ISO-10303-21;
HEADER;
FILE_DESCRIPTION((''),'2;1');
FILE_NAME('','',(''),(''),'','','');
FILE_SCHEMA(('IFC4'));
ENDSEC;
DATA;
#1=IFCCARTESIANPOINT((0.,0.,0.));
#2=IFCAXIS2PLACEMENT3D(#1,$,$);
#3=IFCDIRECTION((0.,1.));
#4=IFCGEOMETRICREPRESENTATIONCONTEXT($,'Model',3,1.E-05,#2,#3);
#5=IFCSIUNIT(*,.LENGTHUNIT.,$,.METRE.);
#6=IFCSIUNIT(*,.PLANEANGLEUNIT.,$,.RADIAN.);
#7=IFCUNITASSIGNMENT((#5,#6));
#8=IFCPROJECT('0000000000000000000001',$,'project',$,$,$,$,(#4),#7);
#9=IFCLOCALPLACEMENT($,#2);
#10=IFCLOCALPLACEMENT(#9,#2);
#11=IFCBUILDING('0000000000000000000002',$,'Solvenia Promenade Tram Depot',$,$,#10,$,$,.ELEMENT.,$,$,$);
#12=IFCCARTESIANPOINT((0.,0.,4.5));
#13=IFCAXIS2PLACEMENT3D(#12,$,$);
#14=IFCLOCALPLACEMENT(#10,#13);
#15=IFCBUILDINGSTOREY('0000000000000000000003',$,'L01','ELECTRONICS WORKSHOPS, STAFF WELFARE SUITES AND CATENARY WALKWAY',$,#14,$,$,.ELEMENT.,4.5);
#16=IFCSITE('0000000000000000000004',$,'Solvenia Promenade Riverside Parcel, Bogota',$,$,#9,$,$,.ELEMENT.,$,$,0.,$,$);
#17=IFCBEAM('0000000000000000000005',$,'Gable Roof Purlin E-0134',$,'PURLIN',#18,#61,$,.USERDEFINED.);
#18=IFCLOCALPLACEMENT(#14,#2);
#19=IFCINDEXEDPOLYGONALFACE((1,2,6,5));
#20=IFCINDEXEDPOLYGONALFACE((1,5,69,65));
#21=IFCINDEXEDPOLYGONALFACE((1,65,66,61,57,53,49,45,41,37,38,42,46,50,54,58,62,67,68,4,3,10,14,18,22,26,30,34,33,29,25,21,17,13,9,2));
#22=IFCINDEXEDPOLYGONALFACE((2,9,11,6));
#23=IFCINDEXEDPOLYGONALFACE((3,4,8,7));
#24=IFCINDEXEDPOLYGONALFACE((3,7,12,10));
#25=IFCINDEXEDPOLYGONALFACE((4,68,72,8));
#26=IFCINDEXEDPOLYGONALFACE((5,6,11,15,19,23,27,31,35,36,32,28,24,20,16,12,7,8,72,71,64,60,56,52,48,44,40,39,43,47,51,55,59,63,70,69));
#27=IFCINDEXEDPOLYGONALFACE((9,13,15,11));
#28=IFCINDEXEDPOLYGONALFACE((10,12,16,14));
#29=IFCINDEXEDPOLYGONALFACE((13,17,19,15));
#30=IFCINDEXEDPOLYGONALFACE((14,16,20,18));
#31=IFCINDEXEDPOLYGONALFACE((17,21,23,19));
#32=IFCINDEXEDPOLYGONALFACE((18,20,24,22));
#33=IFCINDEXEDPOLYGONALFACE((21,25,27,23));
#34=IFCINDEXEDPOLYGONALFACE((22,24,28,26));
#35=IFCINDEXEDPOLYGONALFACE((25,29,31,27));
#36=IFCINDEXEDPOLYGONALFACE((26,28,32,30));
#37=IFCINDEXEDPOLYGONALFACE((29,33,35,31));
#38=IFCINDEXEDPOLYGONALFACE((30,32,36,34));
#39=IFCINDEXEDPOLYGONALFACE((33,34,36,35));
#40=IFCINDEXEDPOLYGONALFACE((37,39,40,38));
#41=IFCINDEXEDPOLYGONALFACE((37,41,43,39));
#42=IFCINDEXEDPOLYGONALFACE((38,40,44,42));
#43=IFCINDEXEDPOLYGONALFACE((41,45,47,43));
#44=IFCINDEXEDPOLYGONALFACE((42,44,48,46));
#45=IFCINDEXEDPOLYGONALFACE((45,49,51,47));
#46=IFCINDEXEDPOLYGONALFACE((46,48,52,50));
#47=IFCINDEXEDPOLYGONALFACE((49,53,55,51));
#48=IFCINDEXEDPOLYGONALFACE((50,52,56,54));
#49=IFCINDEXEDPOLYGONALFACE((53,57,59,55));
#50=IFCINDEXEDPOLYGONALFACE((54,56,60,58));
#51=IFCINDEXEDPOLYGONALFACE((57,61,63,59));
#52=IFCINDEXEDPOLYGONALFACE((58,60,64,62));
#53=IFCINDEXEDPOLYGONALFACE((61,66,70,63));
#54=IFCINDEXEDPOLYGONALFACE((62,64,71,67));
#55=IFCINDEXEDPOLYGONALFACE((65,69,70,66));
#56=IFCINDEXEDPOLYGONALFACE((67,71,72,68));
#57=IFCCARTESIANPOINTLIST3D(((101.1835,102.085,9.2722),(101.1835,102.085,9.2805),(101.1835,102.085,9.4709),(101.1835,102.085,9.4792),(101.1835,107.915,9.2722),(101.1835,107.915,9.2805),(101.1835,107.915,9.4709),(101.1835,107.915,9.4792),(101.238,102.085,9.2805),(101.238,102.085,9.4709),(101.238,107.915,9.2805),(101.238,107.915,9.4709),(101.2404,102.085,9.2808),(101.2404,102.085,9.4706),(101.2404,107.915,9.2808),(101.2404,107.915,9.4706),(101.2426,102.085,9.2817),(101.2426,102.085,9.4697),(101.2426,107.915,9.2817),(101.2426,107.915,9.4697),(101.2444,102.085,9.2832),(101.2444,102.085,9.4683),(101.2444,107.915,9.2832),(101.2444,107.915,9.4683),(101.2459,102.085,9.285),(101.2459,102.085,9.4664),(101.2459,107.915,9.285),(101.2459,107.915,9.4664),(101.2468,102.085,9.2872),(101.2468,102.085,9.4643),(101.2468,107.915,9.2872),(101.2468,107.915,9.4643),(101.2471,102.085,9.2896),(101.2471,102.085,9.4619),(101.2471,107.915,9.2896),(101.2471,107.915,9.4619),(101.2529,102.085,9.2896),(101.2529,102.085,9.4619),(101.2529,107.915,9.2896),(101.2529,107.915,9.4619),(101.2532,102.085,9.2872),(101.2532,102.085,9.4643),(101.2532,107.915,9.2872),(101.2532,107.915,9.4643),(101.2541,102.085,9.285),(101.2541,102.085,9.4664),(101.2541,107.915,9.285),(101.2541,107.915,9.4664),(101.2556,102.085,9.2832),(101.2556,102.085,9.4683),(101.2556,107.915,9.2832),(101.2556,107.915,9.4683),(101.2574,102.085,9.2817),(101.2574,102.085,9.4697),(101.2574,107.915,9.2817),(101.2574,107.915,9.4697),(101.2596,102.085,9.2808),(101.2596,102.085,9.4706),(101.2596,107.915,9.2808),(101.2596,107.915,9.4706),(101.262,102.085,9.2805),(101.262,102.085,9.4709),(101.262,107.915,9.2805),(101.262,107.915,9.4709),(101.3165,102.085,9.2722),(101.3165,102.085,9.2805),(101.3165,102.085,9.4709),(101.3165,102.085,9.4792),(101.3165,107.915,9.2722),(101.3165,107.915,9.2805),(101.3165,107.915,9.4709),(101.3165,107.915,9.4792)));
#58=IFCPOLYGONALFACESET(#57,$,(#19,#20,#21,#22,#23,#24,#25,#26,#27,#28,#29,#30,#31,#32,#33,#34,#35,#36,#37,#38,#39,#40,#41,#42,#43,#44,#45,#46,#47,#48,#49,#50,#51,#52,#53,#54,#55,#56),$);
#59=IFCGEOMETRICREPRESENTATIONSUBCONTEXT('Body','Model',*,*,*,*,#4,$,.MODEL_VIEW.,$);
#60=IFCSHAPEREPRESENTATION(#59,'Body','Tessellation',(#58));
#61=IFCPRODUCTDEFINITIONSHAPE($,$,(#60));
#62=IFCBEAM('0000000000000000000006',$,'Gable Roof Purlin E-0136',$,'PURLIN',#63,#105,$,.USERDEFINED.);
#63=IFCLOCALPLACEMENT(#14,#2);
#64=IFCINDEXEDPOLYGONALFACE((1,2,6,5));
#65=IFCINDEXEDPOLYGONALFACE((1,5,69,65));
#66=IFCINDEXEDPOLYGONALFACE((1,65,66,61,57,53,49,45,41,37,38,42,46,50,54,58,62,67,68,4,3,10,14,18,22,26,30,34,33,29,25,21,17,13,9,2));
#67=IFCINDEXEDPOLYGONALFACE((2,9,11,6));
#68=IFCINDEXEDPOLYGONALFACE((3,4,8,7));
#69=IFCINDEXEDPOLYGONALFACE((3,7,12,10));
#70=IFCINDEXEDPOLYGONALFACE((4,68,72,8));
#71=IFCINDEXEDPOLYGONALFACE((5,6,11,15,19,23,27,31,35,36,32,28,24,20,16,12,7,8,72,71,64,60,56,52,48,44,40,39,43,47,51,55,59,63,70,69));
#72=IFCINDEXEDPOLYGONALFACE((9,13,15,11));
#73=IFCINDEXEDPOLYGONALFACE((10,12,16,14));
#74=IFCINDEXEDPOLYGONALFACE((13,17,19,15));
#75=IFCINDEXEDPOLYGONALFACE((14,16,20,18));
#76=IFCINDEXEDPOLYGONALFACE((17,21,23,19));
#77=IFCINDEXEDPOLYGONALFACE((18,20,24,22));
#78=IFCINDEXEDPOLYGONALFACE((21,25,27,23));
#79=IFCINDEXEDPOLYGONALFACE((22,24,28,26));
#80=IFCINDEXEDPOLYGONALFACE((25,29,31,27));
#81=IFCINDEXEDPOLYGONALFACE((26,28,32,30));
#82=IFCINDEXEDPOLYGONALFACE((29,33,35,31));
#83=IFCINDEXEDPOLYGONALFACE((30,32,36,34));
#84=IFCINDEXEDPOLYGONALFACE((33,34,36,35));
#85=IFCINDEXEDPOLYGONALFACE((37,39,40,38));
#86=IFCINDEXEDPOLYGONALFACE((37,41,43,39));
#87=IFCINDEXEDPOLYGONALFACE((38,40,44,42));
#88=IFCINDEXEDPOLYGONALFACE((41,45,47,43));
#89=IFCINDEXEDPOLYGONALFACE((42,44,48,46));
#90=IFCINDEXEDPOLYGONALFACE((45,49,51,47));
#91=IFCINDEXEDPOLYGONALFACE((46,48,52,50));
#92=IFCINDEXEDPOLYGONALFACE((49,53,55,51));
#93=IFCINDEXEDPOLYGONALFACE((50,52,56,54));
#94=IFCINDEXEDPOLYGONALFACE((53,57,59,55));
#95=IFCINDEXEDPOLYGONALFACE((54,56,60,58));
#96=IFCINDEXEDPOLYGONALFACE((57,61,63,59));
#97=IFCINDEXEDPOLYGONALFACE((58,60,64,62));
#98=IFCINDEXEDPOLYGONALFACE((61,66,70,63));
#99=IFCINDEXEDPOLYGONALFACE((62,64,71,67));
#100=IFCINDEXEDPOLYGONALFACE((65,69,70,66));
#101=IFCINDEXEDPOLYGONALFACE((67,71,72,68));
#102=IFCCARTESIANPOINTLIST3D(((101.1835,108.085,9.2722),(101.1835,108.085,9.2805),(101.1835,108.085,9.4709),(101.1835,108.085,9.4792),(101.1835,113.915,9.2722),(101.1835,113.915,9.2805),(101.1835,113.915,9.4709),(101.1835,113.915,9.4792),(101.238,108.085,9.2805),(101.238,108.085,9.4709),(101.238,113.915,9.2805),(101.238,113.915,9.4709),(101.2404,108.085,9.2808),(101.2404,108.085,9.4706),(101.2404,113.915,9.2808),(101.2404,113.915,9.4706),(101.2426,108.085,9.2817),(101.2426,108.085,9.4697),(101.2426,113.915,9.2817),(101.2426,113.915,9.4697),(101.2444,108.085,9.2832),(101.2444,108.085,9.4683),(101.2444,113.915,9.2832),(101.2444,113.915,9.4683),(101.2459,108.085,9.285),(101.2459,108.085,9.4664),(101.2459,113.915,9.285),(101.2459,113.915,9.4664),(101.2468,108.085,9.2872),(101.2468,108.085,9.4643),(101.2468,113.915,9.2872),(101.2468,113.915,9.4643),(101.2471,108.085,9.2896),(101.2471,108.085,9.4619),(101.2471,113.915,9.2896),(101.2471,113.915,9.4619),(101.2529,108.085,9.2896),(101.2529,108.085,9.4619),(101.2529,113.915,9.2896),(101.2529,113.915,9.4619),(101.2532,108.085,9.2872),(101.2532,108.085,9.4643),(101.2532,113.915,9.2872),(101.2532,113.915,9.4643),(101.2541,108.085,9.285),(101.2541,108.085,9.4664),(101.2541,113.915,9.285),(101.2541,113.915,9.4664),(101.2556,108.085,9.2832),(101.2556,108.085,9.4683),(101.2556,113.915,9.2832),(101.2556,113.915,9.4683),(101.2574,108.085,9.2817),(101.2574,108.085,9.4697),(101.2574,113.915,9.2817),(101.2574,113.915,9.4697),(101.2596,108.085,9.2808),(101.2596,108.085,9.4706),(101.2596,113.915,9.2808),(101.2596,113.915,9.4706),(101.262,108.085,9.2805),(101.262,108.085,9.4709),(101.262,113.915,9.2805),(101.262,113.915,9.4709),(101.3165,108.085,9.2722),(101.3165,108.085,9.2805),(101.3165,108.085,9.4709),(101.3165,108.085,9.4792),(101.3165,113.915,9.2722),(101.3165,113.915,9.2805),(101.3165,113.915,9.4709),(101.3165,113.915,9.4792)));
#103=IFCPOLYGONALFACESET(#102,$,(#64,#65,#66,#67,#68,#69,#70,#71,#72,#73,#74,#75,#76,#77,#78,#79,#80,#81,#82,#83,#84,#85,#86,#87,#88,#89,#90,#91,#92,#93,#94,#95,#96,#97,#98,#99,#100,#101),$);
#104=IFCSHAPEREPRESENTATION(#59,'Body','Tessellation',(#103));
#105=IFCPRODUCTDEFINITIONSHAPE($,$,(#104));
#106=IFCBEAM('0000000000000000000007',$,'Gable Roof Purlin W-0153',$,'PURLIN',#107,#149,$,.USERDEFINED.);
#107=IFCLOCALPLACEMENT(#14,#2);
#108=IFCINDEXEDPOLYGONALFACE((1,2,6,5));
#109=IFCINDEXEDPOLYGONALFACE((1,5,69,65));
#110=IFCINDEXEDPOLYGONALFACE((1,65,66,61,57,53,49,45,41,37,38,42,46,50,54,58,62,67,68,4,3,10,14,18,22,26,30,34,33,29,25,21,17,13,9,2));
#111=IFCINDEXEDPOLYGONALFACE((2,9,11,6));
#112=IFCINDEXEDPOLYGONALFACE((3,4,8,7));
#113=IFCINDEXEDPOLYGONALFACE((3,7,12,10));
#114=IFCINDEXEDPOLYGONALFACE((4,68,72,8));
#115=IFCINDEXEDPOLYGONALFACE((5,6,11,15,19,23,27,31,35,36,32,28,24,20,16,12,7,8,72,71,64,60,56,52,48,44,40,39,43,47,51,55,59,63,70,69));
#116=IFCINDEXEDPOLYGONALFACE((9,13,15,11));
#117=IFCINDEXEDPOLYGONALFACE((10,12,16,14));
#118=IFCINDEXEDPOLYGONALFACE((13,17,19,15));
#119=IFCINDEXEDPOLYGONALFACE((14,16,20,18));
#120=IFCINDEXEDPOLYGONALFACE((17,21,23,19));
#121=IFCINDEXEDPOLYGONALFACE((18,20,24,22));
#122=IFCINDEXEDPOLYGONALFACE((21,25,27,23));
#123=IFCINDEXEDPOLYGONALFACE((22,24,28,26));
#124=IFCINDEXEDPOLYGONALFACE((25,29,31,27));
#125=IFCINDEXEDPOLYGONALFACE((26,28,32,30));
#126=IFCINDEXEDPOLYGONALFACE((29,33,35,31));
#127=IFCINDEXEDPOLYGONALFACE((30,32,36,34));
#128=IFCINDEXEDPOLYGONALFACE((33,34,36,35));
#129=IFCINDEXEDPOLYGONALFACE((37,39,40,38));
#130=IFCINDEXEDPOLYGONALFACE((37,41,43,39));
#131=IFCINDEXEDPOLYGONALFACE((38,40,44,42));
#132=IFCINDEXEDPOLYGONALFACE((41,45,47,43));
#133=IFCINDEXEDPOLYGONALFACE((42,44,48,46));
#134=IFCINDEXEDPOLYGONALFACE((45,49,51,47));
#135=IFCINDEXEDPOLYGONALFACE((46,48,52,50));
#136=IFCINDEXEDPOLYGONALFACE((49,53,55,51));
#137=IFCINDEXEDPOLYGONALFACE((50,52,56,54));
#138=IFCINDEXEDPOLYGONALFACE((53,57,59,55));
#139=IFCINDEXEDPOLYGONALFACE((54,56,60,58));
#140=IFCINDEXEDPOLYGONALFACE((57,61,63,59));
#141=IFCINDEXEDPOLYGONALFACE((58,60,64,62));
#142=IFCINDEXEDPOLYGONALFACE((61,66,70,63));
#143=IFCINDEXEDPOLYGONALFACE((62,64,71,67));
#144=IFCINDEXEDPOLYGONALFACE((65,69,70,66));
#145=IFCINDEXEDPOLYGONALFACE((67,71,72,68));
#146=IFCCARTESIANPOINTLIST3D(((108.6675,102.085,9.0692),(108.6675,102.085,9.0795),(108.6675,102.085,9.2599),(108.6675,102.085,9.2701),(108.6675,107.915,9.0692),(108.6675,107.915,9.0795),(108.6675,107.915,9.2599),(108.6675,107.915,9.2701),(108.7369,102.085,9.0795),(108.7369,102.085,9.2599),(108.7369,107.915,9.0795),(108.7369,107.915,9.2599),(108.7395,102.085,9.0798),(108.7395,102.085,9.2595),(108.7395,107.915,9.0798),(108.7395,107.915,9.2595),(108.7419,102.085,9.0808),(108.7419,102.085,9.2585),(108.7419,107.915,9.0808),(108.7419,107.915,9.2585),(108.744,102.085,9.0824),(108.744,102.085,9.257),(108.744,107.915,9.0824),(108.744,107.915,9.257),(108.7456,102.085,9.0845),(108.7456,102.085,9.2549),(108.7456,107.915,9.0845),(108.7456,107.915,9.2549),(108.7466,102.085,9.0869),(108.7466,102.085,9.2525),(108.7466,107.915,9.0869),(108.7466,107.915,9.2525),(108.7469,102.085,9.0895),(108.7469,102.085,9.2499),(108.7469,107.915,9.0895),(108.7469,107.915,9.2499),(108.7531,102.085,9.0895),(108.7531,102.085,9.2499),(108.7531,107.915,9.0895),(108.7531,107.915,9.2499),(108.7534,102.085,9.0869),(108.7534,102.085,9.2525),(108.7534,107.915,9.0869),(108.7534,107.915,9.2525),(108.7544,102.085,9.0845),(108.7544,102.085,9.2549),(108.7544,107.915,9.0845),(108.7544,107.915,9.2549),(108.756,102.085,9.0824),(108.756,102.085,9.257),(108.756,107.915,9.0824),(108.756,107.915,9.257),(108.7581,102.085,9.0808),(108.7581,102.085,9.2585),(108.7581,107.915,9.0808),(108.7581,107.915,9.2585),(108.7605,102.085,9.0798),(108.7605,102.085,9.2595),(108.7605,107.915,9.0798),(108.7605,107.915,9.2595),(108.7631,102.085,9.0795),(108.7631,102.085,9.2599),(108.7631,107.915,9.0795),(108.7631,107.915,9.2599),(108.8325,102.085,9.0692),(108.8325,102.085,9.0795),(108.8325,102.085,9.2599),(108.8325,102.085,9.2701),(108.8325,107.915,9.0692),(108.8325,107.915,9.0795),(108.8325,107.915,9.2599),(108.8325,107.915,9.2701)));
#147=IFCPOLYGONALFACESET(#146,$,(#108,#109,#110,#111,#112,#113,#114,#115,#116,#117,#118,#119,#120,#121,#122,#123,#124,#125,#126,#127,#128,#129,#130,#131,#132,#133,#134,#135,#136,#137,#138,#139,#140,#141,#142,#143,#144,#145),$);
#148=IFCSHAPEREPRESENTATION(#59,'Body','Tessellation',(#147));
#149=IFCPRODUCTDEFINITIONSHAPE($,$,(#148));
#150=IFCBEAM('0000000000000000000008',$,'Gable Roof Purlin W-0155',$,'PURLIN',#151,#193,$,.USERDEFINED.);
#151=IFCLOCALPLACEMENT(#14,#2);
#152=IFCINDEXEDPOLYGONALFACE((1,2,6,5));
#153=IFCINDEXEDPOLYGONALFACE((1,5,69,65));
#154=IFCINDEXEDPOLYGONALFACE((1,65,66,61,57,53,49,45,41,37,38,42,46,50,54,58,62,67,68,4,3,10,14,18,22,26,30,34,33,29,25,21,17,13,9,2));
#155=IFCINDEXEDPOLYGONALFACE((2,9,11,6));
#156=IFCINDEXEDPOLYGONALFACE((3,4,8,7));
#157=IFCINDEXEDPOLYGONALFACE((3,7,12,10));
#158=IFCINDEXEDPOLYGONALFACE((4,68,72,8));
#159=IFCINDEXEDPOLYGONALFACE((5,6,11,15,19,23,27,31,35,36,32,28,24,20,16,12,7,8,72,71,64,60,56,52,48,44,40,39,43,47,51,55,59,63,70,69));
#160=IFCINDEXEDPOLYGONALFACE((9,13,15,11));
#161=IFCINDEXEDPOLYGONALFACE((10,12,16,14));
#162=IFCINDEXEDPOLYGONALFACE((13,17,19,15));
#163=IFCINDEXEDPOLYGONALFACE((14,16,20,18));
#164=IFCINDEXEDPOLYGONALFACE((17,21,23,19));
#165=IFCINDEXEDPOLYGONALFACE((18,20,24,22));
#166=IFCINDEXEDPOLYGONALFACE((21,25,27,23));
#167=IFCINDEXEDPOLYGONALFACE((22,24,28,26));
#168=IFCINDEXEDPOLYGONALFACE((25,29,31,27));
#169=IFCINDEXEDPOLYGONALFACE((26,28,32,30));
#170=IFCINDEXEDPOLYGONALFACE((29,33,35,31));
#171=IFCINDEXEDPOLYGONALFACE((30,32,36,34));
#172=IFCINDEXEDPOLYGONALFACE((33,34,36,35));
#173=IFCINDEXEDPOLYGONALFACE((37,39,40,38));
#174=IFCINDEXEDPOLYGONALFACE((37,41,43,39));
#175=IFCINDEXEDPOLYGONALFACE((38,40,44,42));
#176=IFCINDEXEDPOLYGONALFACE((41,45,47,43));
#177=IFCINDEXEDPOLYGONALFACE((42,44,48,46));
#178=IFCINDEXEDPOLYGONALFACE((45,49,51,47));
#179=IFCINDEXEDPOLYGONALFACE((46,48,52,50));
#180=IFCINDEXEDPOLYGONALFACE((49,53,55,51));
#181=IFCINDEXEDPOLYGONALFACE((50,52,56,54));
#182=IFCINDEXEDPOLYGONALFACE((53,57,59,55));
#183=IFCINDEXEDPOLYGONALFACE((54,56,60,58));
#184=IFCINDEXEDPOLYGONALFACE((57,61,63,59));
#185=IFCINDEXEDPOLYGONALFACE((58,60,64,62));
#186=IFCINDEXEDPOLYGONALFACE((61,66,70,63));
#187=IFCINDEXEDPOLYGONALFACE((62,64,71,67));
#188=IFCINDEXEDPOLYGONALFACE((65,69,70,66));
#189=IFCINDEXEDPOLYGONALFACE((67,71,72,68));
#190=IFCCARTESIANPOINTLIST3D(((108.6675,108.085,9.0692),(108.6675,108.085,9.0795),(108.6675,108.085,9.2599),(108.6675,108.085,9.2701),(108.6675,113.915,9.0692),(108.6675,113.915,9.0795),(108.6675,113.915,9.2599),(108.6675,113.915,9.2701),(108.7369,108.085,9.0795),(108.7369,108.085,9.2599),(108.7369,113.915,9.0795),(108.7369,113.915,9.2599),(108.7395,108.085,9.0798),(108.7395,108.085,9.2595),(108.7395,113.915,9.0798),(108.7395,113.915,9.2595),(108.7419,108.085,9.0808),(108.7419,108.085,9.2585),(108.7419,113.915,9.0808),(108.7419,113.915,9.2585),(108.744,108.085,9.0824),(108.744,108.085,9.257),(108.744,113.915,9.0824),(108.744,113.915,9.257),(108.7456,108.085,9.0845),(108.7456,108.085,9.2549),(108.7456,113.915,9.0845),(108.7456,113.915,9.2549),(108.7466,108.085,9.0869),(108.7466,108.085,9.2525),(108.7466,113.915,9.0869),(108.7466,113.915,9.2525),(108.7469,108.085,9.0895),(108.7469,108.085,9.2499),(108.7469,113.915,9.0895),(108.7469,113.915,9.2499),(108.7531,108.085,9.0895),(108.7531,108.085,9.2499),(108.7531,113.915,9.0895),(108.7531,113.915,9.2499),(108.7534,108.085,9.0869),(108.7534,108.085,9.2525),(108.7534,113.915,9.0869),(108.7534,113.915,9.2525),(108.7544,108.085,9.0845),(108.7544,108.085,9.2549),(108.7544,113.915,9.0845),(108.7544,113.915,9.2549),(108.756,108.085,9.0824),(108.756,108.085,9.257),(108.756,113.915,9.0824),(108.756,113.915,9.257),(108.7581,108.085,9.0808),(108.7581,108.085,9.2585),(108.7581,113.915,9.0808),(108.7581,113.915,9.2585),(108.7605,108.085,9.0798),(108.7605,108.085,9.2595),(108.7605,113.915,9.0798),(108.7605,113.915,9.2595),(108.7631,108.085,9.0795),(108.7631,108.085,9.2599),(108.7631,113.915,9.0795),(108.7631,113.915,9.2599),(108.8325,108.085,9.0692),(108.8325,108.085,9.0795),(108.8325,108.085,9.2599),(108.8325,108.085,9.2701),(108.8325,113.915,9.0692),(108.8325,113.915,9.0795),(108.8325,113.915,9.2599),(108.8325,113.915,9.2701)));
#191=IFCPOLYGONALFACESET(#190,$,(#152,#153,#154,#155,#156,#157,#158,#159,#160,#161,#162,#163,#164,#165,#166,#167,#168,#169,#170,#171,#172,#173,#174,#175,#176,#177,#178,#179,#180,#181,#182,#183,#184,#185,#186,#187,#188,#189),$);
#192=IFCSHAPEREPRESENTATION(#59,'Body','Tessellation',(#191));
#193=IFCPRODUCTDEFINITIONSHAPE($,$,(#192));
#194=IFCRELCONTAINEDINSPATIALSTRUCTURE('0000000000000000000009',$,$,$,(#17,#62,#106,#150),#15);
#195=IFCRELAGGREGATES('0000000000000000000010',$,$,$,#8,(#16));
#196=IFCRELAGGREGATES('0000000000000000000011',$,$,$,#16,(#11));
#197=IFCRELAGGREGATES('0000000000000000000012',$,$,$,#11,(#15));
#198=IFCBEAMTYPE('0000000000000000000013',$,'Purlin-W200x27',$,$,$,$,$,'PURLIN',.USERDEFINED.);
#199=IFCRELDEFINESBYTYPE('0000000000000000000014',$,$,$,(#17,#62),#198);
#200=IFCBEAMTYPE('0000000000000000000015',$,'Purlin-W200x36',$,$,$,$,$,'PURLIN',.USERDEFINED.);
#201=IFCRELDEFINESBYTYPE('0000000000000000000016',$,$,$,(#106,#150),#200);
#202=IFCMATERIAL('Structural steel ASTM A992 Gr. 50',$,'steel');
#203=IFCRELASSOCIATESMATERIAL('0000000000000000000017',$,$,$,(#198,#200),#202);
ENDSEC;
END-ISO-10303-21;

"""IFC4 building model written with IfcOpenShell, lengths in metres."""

from ifc_helpers import new_model, si_unit, direction, frame, origin, origin_2d, place, context, subcontext, project, spatial, i_section, extrude, material, material_profile, profile_set, type_object, element, save


model = new_model("IFC4")

# Units and contexts
model_context = context("Model", 3, precision=1e-05, world=origin(), true_north=direction((0.0, 1.0)))
body_context = subcontext(model_context, "Body", "Model", "MODEL_VIEW")
ifc_project = project(units=[si_unit("LENGTHUNIT", "METRE"), si_unit("PLANEANGLEUNIT", "RADIAN")], contexts=[model_context])

# Site, building, storey
site_placement = place(None, origin())
site = spatial("IfcSite", under=ifc_project, at=site_placement, Name="Solvenia Promenade Riverside Parcel, Bogota", CompositionType="ELEMENT", RefElevation=0.0)
building_placement = place(site_placement, origin())
building = spatial("IfcBuilding", under=site, at=building_placement, Name="Solvenia Promenade Tram Depot", CompositionType="ELEMENT")
storey_placement = place(building_placement, frame((0.0, 0.0, 4.5)))
storey = spatial("IfcBuildingStorey", under=building, at=storey_placement, Name="L01", Description="ELECTRONICS WORKSHOPS, STAFF WELFARE SUITES AND CATENARY WALKWAY", CompositionType="ELEMENT", Elevation=4.5)

# Beams
ifc_material_1 = material(Name="Structural steel ASTM A992 Gr. 50", Category="steel")
ifc_material_profile_1 = material_profile(ifc_material_1, i_section(OverallWidth=0.1331, OverallDepth=0.207, WebThickness=0.0059, FlangeThickness=0.0083, FilletRadius=0.009, at=origin_2d()), Name="W200x27", Category="steel")
ifc_profile_set_1 = profile_set([ifc_material_profile_1], Name="Structural steel ASTM A992 Gr. 50")
beam_type_1 = type_object("IfcBeamType", Name="Purlin-W200x27", ElementType="PURLIN", PredefinedType="USERDEFINED", material=ifc_profile_set_1)
for number, where, z_axis, x_axis, name in (
    (1, (101.25, 102.085, 9.3757), (0.0, 1.0, 0.0), (-1.0, 0.0, 0.0), "Gable Roof Purlin E-0134"),
    (2, (101.25, 108.085, 9.3757), (0.0, 1.0, 0.0), (-1.0, 0.0, 0.0), "Gable Roof Purlin E-0136"),
):
    element("IfcBeam", number, at=place(storey_placement, frame(where, z_axis=z_axis, x_axis=x_axis)), inside=storey, type_object=beam_type_1, Name=name, ObjectType="PURLIN", PredefinedType="USERDEFINED", context=body_context, shape_type="SweptSolid", body=[
        extrude(i_section(OverallWidth=0.1331, OverallDepth=0.207, WebThickness=0.0059, FlangeThickness=0.0083, FilletRadius=0.009, at=origin_2d()), origin(), (0.0, 0.0, 1.0), 5.8301),
    ])
ifc_material_profile_2 = material_profile(ifc_material_1, i_section(OverallWidth=0.165, OverallDepth=0.2009, WebThickness=0.0061, FlangeThickness=0.0103, FilletRadius=0.01, at=origin_2d()), Name="W200x36", Category="steel")
ifc_profile_set_2 = profile_set([ifc_material_profile_2], Name="Structural steel ASTM A992 Gr. 50")
beam_type_2 = type_object("IfcBeamType", Name="Purlin-W200x36", ElementType="PURLIN", PredefinedType="USERDEFINED", material=ifc_profile_set_2)
for number, where, z_axis, x_axis, name in (
    (3, (108.75, 102.085, 9.1697), (0.0, 1.0, 0.0), (-1.0, 0.0, 0.0), "Gable Roof Purlin W-0153"),
    (4, (108.75, 108.085, 9.1697), (0.0, 1.0, 0.0), (-1.0, 0.0, 0.0), "Gable Roof Purlin W-0155"),
):
    element("IfcBeam", number, at=place(storey_placement, frame(where, z_axis=z_axis, x_axis=x_axis)), inside=storey, type_object=beam_type_2, Name=name, ObjectType="PURLIN", PredefinedType="USERDEFINED", context=body_context, shape_type="SweptSolid", body=[
        extrude(i_section(OverallWidth=0.165, OverallDepth=0.2009, WebThickness=0.0061, FlangeThickness=0.0103, FilletRadius=0.01, at=origin_2d()), origin(), (0.0, 0.0, 1.0), 5.8301),
    ])

save(model, "model.ifc")
